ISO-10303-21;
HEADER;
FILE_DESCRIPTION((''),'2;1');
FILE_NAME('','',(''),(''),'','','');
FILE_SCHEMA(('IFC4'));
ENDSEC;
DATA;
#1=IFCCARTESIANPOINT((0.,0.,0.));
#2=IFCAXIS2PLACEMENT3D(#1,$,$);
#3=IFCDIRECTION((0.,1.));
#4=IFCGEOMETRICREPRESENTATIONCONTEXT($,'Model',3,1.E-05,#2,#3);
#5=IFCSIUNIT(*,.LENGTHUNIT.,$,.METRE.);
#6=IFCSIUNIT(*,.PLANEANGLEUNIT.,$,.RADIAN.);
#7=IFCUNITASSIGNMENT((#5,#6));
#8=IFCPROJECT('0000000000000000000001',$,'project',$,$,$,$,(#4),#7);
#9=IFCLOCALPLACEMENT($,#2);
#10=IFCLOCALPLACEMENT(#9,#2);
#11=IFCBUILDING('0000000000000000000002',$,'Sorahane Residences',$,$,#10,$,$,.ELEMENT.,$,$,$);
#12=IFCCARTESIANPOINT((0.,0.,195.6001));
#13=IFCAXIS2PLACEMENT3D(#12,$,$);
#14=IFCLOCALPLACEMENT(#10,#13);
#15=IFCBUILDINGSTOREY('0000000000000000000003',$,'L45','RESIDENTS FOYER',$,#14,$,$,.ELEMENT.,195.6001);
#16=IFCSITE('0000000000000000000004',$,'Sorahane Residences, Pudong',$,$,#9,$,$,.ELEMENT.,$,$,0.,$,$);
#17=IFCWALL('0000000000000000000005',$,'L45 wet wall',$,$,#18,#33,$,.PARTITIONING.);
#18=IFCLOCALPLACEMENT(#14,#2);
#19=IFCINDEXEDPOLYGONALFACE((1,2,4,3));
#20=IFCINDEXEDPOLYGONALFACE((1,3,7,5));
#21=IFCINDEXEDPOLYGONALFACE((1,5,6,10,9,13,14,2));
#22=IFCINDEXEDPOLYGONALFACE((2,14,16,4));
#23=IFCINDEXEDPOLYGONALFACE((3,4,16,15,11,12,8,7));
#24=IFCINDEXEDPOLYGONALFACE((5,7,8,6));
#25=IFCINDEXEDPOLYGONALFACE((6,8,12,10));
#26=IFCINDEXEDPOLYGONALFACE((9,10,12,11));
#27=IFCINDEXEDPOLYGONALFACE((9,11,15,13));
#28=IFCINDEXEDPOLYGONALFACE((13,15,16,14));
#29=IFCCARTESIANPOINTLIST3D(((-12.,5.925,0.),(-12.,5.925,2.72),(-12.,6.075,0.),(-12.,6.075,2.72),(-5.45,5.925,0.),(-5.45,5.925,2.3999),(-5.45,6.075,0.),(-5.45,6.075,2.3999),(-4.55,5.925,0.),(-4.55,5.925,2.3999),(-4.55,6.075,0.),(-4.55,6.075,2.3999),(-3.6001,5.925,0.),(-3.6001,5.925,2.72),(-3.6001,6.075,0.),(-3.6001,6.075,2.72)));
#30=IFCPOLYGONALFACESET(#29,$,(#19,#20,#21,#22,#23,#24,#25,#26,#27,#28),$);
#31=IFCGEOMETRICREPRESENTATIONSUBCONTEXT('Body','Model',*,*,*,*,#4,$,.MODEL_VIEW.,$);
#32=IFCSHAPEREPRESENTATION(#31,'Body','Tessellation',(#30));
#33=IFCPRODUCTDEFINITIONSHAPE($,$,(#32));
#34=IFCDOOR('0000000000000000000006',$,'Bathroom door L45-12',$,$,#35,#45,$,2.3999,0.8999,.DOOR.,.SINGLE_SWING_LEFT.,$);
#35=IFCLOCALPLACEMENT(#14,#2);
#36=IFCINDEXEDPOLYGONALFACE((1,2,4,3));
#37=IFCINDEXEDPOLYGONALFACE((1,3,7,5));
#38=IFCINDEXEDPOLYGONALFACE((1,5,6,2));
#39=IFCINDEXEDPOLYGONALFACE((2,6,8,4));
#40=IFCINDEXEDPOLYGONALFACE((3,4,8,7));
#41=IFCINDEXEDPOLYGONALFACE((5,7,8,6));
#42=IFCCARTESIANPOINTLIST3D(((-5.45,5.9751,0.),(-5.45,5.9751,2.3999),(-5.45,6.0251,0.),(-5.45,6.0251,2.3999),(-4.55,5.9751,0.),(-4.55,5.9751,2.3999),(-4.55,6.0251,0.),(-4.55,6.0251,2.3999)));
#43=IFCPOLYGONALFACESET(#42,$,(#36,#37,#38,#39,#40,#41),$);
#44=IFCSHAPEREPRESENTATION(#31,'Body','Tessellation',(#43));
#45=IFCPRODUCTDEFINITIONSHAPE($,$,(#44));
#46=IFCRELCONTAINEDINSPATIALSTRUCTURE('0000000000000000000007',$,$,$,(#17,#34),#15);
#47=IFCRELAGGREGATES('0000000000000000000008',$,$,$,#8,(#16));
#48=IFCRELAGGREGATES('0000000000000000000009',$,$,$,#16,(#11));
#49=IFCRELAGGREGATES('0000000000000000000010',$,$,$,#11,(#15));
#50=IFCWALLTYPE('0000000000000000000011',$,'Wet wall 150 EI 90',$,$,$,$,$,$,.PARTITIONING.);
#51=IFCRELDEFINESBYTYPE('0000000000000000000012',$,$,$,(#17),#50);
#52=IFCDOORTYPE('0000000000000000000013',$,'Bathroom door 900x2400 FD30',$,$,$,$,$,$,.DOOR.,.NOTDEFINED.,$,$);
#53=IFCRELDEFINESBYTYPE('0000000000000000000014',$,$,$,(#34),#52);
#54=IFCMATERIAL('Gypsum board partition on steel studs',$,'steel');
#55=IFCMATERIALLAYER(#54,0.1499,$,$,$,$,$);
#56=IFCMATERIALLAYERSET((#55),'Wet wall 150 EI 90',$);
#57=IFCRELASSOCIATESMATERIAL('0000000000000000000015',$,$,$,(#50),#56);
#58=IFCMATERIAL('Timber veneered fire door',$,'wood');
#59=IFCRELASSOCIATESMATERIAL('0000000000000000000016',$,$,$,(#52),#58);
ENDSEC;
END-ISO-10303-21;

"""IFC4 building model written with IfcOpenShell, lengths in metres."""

from ifc_helpers import new_model, si_unit, direction, frame, frame_2d, origin, place, context, subcontext, project, spatial, rectangle, extrude, material, layer, layer_set, type_object, element, fill, save


model = new_model("IFC4")

# Units and contexts
model_context = context("Model", 3, precision=1e-05, world=origin(), true_north=direction((0.0, 1.0)))
body_context = subcontext(model_context, "Body", "Model", "MODEL_VIEW")
ifc_project = project(units=[si_unit("LENGTHUNIT", "METRE"), si_unit("PLANEANGLEUNIT", "RADIAN")], contexts=[model_context])

# Site, building, storey
site_placement = place(None, origin())
site = spatial("IfcSite", under=ifc_project, at=site_placement, Name="Sorahane Residences, Pudong", CompositionType="ELEMENT", RefElevation=0.0)
building_placement = place(site_placement, origin())
building = spatial("IfcBuilding", under=site, at=building_placement, Name="Sorahane Residences", CompositionType="ELEMENT")
storey_placement = place(building_placement, frame((0.0, 0.0, 195.6001)))
storey = spatial("IfcBuildingStorey", under=building, at=storey_placement, Name="L45", Description="RESIDENTS FOYER", CompositionType="ELEMENT", Elevation=195.6001)

# Shared definitions
ifc_material_1 = material(Name="Gypsum board partition on steel studs", Category="steel")
ifc_layer_1 = layer(ifc_material_1, 0.1499)
ifc_layer_set_1 = layer_set([ifc_layer_1], Name="Wet wall 150 EI 90")
wall_type_1 = type_object("IfcWallType", Name="Wet wall 150 EI 90", PredefinedType="PARTITIONING", material=ifc_layer_set_1)

# Wall, opening, door
wall_1_placement = place(storey_placement, frame((-12.0, 6.0, 0.0), z_axis=(0.0, 0.0, 1.0), x_axis=(1.0, 0.0, 0.0)))
wall_1 = element("IfcWall", 1, at=wall_1_placement, inside=storey, type_object=wall_type_1, Name="L45 wet wall", PredefinedType="PARTITIONING", context=body_context, shape_type="SweptSolid", body=[
    extrude(rectangle(XDim=8.3999, YDim=0.1499, at=frame_2d((4.2, 0.0))), origin(), (0.0, 0.0, 1.0), 2.72),
])
opening_1_placement = place(wall_1_placement, frame((6.55, 0.0, 0.0)))
opening_1 = element("IfcOpeningElement", 2, at=opening_1_placement, cuts=wall_1, PredefinedType="OPENING", context=body_context, shape_type="SweptSolid", body=[
    extrude(rectangle(XDim=0.8999, YDim=2.3999, at=frame_2d((0.45, 1.2))), frame((0.0, 0.085, 0.0), z_axis=(0.0, -1.0, 0.0), x_axis=(1.0, 0.0, 0.0)), (0.0, 0.0, 1.0), 0.1699),
])
ifc_material_2 = material(Name="Timber veneered fire door", Category="wood")
door_type_1 = type_object("IfcDoorType", Name="Bathroom door 900x2400 FD30", OperationType="NOTDEFINED", PredefinedType="DOOR", material=ifc_material_2)
door_1_placement = place(opening_1_placement, frame((0.8999, 0.0, 0.0), z_axis=(0.0, 0.0, 1.0), x_axis=(-1.0, 0.0, 0.0)))
door_1 = element("IfcDoor", 3, at=door_1_placement, inside=storey, type_object=door_type_1, Name="Bathroom door L45-12", OperationType="SINGLE_SWING_LEFT", OverallHeight=2.3999, OverallWidth=0.8999, PredefinedType="DOOR", context=body_context, shape_type="SweptSolid", body=[
    extrude(rectangle(XDim=0.8999, YDim=2.3999, at=frame_2d((0.45, 1.2))), frame((0.0, 0.0249, 0.0), z_axis=(0.0, -1.0, 0.0), x_axis=(1.0, 0.0, 0.0)), (0.0, 0.0, 1.0), 0.05),
])
fill(opening_1, door_1)

save(model, "model.ifc")
